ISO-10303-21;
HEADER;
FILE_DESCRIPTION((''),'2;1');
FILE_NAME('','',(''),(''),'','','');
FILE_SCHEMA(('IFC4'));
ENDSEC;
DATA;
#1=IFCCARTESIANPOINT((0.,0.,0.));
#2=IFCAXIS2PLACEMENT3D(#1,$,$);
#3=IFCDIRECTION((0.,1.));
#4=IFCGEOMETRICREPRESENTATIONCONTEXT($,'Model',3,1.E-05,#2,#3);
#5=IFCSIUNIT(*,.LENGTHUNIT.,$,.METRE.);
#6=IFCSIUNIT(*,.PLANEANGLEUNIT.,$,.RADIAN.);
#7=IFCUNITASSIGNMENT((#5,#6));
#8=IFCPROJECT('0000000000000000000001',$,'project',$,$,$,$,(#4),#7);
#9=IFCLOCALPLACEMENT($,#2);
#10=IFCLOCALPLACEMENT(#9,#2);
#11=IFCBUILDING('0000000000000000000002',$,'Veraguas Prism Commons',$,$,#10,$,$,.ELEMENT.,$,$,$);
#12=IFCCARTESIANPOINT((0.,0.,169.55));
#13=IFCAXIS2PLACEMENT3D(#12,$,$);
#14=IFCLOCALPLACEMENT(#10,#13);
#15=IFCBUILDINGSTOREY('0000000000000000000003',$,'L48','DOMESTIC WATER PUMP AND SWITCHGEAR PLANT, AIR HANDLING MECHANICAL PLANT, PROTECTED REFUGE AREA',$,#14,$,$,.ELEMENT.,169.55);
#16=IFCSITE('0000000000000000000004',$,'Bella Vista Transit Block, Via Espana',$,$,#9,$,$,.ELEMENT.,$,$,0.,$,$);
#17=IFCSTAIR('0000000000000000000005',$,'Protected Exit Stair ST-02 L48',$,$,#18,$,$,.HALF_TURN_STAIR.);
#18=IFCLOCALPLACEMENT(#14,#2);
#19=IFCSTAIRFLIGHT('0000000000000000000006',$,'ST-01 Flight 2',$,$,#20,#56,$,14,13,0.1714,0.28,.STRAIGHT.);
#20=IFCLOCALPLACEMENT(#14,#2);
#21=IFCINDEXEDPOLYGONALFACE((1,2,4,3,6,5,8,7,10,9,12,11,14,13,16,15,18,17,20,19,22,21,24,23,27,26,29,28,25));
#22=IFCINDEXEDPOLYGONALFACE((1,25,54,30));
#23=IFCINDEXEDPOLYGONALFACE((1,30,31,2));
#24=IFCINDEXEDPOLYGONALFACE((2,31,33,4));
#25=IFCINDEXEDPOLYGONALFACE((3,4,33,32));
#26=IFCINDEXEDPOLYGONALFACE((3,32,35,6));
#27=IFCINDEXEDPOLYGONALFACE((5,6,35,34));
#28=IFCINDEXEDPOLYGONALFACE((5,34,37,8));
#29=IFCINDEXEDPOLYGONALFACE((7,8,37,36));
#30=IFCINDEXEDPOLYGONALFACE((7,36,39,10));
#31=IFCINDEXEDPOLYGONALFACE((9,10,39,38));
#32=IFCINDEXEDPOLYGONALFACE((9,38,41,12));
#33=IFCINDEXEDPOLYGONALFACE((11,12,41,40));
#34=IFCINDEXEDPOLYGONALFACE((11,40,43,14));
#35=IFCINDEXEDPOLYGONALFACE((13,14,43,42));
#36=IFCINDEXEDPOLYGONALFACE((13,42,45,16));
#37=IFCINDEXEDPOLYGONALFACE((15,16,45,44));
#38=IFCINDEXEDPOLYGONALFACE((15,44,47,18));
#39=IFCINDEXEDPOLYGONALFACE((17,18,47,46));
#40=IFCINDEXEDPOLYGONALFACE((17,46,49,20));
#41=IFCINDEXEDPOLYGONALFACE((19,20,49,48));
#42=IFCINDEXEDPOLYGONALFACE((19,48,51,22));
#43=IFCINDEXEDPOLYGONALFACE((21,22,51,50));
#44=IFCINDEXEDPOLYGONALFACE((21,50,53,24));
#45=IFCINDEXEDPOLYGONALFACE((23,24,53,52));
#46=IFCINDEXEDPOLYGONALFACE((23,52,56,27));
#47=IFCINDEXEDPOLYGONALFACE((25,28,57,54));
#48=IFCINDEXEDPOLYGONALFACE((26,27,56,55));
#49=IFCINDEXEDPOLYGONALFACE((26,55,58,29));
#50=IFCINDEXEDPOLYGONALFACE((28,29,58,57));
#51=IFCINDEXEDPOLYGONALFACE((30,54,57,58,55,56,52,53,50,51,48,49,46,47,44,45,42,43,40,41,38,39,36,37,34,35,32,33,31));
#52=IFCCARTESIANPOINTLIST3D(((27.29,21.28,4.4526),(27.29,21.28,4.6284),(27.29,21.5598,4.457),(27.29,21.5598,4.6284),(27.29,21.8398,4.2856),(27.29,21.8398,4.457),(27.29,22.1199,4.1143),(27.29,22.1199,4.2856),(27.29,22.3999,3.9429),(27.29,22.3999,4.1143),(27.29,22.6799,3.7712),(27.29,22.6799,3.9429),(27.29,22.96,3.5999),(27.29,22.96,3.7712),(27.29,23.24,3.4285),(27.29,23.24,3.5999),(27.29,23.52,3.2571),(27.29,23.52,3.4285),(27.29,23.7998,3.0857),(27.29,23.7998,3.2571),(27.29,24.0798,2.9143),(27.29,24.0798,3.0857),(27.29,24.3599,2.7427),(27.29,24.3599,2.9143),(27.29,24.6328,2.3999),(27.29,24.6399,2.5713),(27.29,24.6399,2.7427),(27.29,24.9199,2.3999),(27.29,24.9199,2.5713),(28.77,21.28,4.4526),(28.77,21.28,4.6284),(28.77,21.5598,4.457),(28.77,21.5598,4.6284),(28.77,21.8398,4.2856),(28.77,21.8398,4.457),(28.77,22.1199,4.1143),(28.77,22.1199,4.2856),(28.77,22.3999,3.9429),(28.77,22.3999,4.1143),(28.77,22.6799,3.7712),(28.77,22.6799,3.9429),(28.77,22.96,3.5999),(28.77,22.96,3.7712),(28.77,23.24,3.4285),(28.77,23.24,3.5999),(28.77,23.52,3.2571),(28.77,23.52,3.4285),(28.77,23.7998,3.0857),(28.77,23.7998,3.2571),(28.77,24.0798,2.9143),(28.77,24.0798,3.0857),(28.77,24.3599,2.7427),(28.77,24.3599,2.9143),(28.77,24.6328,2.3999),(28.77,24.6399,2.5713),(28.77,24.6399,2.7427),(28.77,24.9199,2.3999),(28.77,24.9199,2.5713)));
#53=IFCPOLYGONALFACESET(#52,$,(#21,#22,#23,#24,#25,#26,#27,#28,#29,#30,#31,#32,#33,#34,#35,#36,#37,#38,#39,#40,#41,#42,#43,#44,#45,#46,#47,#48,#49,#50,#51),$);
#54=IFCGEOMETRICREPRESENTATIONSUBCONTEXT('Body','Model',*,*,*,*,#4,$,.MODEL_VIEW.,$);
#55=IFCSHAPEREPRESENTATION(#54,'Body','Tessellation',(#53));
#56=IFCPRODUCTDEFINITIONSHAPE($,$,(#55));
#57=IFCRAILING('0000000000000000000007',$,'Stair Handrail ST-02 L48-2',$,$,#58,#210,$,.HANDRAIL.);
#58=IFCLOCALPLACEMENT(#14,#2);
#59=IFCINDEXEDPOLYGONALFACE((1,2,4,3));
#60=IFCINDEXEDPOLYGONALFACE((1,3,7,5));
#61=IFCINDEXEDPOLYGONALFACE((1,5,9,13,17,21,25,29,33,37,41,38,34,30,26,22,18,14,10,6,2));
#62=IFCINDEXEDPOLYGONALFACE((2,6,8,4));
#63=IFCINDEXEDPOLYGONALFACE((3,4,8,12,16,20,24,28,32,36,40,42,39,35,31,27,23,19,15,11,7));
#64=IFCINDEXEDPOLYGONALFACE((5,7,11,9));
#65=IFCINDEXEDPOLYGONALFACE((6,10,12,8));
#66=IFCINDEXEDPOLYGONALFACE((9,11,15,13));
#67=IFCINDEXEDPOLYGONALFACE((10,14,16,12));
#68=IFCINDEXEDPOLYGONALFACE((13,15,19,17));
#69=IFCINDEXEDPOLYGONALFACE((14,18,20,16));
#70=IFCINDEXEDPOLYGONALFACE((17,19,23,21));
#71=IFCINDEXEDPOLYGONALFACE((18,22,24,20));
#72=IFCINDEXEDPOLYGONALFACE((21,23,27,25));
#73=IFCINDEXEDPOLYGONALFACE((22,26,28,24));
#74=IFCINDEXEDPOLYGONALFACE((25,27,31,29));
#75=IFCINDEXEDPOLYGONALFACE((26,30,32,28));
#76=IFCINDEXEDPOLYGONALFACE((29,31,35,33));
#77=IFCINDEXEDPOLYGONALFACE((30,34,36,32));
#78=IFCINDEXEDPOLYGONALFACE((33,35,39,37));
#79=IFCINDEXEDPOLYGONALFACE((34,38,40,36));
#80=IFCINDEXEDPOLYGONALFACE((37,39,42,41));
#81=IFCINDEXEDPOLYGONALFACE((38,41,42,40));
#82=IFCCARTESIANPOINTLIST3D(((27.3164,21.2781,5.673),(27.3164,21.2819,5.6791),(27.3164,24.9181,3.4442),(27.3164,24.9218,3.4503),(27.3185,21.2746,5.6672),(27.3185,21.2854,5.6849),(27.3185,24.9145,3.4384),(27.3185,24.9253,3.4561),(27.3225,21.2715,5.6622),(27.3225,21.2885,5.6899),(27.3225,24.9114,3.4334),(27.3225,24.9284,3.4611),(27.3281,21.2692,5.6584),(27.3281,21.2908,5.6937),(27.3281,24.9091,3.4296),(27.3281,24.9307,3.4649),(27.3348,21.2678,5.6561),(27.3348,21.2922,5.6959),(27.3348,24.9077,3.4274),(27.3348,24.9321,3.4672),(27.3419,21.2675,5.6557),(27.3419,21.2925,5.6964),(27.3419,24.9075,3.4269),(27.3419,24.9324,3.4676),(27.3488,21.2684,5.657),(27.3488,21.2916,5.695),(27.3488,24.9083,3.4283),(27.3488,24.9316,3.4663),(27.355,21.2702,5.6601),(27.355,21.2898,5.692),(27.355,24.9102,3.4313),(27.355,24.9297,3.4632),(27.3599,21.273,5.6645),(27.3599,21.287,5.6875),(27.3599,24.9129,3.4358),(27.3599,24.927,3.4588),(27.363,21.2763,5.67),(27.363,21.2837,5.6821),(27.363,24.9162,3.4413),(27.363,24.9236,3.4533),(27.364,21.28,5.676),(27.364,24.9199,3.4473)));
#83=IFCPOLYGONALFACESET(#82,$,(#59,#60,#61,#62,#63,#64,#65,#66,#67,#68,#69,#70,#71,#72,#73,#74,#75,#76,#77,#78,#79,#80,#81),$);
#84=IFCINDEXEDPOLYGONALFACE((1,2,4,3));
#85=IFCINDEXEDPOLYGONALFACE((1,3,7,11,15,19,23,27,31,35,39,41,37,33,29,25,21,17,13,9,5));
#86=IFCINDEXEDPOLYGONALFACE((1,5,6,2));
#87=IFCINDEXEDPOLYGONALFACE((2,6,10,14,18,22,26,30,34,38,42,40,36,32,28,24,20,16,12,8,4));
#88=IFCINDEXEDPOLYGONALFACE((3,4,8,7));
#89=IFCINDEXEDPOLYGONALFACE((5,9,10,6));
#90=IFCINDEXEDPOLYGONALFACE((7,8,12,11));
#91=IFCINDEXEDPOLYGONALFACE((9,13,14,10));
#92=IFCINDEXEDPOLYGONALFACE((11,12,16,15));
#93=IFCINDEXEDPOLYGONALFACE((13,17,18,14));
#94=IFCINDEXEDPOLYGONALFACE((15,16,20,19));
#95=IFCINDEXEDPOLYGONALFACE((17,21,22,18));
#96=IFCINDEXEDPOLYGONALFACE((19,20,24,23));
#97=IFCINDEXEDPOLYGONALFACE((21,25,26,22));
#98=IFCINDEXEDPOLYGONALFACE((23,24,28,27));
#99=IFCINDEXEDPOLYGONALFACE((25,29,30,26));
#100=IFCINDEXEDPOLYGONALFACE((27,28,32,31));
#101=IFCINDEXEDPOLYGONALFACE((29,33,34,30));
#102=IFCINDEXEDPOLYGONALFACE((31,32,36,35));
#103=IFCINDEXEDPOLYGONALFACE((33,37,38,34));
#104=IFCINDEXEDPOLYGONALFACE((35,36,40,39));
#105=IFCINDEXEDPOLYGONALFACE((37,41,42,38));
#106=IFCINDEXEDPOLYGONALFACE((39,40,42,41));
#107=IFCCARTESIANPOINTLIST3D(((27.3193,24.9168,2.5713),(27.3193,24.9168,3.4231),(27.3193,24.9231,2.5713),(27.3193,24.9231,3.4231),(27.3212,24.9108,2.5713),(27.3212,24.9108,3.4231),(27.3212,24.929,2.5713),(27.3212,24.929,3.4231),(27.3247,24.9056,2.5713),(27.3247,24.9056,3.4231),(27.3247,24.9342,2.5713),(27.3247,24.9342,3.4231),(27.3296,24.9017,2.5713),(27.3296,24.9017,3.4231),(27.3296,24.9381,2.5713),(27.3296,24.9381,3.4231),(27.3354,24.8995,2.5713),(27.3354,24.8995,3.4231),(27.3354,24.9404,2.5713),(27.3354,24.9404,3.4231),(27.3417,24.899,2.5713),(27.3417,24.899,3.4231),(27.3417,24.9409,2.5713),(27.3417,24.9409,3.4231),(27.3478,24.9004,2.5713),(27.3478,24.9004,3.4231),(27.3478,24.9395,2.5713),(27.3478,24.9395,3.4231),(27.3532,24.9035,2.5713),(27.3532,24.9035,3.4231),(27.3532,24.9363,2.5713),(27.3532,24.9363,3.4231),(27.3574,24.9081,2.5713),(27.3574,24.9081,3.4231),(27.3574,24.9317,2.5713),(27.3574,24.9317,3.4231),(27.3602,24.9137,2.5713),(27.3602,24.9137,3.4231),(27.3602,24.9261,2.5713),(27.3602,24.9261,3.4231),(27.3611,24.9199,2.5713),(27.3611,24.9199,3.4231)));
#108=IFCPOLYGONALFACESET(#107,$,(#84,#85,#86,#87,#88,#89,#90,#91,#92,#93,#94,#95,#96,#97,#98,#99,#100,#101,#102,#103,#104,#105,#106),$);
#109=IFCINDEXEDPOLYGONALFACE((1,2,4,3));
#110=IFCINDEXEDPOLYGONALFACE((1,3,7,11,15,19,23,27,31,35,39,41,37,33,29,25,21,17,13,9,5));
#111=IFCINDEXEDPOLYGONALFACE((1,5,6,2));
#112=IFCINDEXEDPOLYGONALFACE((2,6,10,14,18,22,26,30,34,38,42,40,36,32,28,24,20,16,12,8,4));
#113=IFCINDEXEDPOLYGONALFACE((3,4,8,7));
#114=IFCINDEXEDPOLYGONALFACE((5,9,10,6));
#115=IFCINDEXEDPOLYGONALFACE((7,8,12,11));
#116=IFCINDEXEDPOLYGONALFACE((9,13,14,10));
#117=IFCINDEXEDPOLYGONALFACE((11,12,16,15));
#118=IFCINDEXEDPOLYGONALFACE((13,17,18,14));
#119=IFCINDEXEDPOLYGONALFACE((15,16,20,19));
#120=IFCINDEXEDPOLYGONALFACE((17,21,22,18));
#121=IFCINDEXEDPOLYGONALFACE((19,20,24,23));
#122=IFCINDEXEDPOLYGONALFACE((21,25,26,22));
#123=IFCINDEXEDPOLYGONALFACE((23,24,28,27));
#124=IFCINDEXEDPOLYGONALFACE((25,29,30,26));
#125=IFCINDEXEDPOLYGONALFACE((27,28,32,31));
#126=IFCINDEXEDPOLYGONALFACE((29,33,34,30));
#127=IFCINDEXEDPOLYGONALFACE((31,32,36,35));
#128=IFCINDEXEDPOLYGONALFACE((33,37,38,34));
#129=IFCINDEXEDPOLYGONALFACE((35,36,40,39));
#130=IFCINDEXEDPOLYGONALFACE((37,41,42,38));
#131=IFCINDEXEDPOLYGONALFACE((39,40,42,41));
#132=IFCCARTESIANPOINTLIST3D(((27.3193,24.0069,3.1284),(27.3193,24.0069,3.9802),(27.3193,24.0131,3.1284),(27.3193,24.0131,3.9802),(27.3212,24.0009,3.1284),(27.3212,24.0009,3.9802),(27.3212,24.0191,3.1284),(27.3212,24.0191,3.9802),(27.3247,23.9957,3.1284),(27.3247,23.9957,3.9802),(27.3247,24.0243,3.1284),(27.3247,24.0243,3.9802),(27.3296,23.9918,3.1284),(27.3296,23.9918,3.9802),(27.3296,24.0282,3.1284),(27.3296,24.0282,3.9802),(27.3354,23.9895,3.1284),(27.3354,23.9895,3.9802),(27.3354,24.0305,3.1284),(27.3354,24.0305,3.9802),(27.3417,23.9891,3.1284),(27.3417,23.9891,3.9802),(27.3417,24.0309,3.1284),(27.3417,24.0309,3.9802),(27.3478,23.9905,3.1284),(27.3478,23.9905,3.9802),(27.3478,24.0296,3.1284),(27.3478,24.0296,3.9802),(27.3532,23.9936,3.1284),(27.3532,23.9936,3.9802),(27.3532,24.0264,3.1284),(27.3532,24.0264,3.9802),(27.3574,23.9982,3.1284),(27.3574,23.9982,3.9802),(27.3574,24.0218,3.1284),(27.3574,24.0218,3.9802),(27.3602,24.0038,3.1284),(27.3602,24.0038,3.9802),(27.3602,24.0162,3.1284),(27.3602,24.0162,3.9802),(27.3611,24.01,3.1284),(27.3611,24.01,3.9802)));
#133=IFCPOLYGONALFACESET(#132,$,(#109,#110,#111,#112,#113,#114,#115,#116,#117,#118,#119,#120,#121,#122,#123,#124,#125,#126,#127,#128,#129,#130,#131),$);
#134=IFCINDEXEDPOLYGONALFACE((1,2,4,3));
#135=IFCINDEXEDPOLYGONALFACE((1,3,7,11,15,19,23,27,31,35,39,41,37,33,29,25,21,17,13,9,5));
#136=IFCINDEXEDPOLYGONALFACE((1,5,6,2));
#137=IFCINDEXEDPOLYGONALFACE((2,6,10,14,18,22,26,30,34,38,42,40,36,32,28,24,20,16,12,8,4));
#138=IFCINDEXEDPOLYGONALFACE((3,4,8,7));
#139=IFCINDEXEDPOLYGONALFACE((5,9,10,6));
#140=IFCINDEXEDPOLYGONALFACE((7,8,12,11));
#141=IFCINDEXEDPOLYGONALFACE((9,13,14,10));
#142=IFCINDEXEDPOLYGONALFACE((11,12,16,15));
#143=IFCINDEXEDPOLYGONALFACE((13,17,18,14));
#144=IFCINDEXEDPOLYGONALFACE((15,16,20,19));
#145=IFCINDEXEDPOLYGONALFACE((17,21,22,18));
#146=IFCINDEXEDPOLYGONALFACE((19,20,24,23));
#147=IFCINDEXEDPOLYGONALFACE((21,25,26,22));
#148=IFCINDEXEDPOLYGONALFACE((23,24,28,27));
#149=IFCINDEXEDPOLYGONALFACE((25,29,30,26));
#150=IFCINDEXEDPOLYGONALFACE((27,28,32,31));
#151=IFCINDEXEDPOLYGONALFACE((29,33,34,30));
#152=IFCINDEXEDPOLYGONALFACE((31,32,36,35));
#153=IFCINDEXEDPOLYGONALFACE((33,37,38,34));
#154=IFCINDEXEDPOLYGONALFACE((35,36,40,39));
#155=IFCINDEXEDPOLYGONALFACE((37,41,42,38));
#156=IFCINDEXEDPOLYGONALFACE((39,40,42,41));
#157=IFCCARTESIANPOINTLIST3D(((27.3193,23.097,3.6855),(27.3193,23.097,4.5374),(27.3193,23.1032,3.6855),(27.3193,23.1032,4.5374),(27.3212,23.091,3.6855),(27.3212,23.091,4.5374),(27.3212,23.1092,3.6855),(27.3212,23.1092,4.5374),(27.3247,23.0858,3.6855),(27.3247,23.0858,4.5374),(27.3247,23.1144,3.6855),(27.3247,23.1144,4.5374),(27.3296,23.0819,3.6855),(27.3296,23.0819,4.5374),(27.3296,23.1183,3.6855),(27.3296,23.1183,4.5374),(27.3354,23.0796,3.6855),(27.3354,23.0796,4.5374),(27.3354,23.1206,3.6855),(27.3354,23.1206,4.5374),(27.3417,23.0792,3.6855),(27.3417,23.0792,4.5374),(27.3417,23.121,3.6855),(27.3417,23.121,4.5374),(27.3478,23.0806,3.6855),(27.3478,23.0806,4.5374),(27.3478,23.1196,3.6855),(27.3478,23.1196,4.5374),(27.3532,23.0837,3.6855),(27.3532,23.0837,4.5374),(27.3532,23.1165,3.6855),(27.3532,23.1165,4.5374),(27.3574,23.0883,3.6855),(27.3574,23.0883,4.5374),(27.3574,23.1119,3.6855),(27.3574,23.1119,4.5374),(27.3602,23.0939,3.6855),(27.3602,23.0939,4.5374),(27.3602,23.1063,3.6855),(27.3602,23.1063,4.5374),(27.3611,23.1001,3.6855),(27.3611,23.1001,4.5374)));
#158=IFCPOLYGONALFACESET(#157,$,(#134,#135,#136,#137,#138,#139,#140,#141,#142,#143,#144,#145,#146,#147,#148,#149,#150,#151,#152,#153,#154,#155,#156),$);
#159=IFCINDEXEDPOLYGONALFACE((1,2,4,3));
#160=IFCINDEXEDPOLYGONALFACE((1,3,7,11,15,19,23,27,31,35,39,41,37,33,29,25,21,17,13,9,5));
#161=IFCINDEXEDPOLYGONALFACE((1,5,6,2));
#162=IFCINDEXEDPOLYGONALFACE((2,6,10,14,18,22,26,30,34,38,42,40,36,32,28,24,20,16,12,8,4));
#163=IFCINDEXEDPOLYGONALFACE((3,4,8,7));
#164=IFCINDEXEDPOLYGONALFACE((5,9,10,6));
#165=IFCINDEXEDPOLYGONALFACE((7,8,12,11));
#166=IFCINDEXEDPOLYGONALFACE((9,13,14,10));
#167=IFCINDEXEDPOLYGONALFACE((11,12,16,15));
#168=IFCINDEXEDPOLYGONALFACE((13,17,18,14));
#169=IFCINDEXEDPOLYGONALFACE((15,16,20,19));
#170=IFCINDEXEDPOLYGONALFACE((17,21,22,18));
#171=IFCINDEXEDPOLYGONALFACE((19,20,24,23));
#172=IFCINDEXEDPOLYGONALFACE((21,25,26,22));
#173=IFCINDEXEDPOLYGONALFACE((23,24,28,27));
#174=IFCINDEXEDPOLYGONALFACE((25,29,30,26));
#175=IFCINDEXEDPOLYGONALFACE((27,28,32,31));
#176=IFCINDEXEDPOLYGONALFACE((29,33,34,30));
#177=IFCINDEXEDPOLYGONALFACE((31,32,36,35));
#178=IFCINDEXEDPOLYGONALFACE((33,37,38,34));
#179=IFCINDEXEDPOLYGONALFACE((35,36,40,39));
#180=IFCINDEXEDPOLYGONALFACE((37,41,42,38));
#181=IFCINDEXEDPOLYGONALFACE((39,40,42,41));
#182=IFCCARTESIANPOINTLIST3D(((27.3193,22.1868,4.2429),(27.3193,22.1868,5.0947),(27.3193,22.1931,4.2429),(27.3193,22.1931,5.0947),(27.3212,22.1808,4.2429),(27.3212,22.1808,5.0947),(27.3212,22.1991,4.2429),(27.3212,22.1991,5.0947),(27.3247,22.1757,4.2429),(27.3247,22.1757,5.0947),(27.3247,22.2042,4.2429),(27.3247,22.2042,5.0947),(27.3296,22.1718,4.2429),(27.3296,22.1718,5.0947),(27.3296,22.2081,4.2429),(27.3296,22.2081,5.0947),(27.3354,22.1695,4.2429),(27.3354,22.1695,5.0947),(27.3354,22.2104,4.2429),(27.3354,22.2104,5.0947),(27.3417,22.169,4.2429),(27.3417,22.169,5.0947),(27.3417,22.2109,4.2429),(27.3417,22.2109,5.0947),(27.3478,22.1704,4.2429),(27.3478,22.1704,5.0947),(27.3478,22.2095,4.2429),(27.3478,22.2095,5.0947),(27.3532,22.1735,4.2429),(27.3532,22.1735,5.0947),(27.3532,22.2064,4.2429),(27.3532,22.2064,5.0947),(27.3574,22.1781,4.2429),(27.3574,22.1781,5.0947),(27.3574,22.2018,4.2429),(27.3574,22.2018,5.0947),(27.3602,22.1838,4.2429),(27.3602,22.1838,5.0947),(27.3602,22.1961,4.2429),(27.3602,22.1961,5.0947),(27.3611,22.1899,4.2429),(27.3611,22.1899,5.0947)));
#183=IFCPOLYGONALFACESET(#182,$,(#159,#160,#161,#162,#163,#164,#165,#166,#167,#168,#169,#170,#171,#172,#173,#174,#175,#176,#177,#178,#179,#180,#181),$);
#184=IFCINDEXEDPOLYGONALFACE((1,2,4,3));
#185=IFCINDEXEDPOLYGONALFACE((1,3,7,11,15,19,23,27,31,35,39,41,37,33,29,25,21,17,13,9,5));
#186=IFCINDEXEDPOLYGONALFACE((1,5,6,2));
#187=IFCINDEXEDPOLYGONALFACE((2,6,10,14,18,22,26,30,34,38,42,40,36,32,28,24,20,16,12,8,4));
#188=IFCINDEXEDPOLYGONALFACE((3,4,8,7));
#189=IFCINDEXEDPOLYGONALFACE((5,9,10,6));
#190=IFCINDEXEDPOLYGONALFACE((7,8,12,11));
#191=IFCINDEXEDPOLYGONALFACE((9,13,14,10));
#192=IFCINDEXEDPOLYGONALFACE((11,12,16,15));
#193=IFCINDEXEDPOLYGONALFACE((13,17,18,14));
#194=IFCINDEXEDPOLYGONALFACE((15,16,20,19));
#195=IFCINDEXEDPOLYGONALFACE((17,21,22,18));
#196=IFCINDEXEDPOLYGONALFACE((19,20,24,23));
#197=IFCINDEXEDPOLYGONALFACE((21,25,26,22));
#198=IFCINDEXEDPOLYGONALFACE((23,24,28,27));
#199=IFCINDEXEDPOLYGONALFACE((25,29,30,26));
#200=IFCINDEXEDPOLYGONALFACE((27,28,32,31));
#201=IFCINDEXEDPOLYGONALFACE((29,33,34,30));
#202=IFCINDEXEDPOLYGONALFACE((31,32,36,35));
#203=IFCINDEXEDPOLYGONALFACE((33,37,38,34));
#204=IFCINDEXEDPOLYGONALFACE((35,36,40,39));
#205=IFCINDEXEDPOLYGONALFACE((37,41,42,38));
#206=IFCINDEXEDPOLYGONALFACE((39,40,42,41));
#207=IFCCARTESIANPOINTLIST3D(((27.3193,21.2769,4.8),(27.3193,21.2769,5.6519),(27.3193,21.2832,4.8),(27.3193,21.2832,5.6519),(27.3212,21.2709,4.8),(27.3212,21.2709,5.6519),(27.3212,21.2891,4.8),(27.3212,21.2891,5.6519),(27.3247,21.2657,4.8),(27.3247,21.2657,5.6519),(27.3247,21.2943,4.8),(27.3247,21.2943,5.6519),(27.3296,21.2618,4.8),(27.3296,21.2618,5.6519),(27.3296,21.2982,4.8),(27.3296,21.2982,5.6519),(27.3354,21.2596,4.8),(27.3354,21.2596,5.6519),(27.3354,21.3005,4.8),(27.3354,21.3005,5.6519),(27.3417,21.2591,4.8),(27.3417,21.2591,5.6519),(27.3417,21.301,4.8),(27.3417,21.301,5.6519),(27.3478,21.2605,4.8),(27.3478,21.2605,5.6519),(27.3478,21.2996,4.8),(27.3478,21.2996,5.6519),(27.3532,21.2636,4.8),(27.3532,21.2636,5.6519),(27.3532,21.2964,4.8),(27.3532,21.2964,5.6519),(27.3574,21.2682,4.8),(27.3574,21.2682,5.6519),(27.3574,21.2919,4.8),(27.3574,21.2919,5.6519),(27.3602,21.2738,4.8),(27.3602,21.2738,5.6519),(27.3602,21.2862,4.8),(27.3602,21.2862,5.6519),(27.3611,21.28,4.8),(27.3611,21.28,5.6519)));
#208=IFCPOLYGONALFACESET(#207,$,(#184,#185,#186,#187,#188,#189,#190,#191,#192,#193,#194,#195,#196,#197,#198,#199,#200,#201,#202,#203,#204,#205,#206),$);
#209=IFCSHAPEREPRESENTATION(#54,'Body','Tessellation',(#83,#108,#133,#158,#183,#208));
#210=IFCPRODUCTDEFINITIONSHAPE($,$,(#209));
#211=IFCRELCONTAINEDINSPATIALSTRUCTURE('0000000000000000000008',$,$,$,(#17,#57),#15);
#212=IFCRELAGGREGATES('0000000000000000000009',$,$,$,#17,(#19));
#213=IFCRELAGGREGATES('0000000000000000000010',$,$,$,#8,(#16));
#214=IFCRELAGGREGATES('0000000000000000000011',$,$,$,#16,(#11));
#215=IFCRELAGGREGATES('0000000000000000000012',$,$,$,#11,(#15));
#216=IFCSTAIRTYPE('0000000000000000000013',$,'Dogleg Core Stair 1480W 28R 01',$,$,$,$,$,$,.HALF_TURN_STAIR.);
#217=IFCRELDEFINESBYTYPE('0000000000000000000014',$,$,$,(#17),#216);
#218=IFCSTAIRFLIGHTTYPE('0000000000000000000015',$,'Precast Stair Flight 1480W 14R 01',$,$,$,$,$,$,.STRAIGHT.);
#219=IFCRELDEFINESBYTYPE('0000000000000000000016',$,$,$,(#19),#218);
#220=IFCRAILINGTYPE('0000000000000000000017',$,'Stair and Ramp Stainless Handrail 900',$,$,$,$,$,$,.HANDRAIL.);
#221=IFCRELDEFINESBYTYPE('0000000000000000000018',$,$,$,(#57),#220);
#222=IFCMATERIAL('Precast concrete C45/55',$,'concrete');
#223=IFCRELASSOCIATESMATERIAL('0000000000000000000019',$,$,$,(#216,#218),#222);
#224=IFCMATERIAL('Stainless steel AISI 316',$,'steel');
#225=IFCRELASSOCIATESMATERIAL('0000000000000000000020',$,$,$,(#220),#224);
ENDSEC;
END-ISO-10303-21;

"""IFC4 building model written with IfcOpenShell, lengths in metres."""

from ifc_helpers import new_model, si_unit, direction, frame, origin, origin_2d, place, context, subcontext, project, spatial, polyline, circle, outline, extrude, material, type_object, element, aggregate, save


model = new_model("IFC4")

# Units and contexts
model_context = context("Model", 3, precision=1e-05, world=origin(), true_north=direction((0.0, 1.0)))
body_context = subcontext(model_context, "Body", "Model", "MODEL_VIEW")
ifc_project = project(units=[si_unit("LENGTHUNIT", "METRE"), si_unit("PLANEANGLEUNIT", "RADIAN")], contexts=[model_context])

# Site, building, storey
site_placement = place(None, origin())
site = spatial("IfcSite", under=ifc_project, at=site_placement, Name="Bella Vista Transit Block, Via Espana", CompositionType="ELEMENT", RefElevation=0.0)
building_placement = place(site_placement, origin())
building = spatial("IfcBuilding", under=site, at=building_placement, Name="Veraguas Prism Commons", CompositionType="ELEMENT")
storey_placement = place(building_placement, frame((0.0, 0.0, 169.55)))
storey = spatial("IfcBuildingStorey", under=building, at=storey_placement, Name="L48", Description="DOMESTIC WATER PUMP AND SWITCHGEAR PLANT, AIR HANDLING MECHANICAL PLANT, PROTECTED REFUGE AREA", CompositionType="ELEMENT", Elevation=169.55)

# Shared definitions
ifc_material_1 = material(Name="Stainless steel AISI 316", Category="steel")

# Stair, stair flight
ifc_material_2 = material(Name="Precast concrete C45/55", Category="concrete")
stair_type = type_object("IfcStairType", Name="Dogleg Core Stair 1480W 28R 01", PredefinedType="HALF_TURN_STAIR", material=ifc_material_2)
stair_placement = place(storey_placement, origin())
stair = element("IfcStair", 1, at=stair_placement, inside=storey, type_object=stair_type, Name="Protected Exit Stair ST-02 L48", PredefinedType="HALF_TURN_STAIR")
stair_flight_type = type_object("IfcStairFlightType", Name="Precast Stair Flight 1480W 14R 01", PredefinedType="STRAIGHT", material=ifc_material_2)
stair_flight_placement = place(storey_placement, frame((28.03, 24.9199, 2.3999), z_axis=(0.0, 0.0, 1.0), x_axis=(0.0, -1.0, 0.0)))
stair_flight = element("IfcStairFlight", 2, at=stair_flight_placement, type_object=stair_flight_type, Name="ST-01 Flight 2", NumberOfRisers=14, NumberOfTreads=13, PredefinedType="STRAIGHT", RiserHeight=0.1714, TreadLength=0.28, context=body_context, shape_type="SweptSolid", body=[
    extrude(outline(polyline([(0.0, 0.0), (0.0, 0.1714), (0.28, 0.1714), (0.28, 0.3428), (0.5601, 0.3428), (0.5601, 0.5144), (0.8401, 0.5144), (0.8401, 0.6858), (1.1201, 0.6858), (1.1201, 0.8572), (1.3999, 0.8572), (1.3999, 1.0286), (1.6799, 1.0286), (1.6799, 1.2), (1.96, 1.2), (1.96, 1.3713), (2.24, 1.3713), (2.24, 1.543), (2.52, 1.543), (2.52, 1.7144), (2.8, 1.7144), (2.8, 1.8857), (3.0801, 1.8857), (3.0801, 2.0571), (3.3601, 2.0571), (3.3601, 2.2285), (3.6399, 2.2285), (3.6399, 2.3999), (3.6399, 2.0527), (0.2871, 0.0), (0.0, 0.0)])), frame((0.0, 0.74, 0.0), z_axis=(0.0, -1.0, 0.0), x_axis=(1.0, 0.0, 0.0)), (0.0, 0.0, 1.0), 1.48),
])
aggregate(stair, [stair_flight])

# Railing
railing_type_1 = type_object("IfcRailingType", Name="Stair and Ramp Stainless Handrail 900", PredefinedType="HANDRAIL", material=ifc_material_1)
railing_1_placement = place(storey_placement, frame((27.3401, 24.9199, 2.5713)))
element("IfcRailing", 3, at=railing_1_placement, inside=storey, type_object=railing_type_1, Name="Stair Handrail ST-02 L48-2", PredefinedType="HANDRAIL", context=body_context, shape_type="SweptSolid", body=[
    extrude(circle(Radius=0.0239, at=origin_2d()), frame((0.0, 0.0, 0.876), z_axis=(0.0, -0.852825, 0.522197), x_axis=(1.0, 0.0, 0.0)), (0.0, 0.0, 1.0), 4.2681),
    extrude(circle(Radius=0.021, at=origin_2d()), origin(), (0.0, 0.0, 1.0), 0.8518),
    extrude(circle(Radius=0.021, at=origin_2d()), frame((0.0, -0.9099, 0.5571)), (0.0, 0.0, 1.0), 0.8518),
    extrude(circle(Radius=0.021, at=origin_2d()), frame((0.0, -1.8198, 1.1143)), (0.0, 0.0, 1.0), 0.8518),
    extrude(circle(Radius=0.021, at=origin_2d()), frame((0.0, -2.73, 1.6716)), (0.0, 0.0, 1.0), 0.8518),
    extrude(circle(Radius=0.021, at=origin_2d()), frame((0.0, -3.6399, 2.2288)), (0.0, 0.0, 1.0), 0.8518),
])

save(model, "model.ifc")
